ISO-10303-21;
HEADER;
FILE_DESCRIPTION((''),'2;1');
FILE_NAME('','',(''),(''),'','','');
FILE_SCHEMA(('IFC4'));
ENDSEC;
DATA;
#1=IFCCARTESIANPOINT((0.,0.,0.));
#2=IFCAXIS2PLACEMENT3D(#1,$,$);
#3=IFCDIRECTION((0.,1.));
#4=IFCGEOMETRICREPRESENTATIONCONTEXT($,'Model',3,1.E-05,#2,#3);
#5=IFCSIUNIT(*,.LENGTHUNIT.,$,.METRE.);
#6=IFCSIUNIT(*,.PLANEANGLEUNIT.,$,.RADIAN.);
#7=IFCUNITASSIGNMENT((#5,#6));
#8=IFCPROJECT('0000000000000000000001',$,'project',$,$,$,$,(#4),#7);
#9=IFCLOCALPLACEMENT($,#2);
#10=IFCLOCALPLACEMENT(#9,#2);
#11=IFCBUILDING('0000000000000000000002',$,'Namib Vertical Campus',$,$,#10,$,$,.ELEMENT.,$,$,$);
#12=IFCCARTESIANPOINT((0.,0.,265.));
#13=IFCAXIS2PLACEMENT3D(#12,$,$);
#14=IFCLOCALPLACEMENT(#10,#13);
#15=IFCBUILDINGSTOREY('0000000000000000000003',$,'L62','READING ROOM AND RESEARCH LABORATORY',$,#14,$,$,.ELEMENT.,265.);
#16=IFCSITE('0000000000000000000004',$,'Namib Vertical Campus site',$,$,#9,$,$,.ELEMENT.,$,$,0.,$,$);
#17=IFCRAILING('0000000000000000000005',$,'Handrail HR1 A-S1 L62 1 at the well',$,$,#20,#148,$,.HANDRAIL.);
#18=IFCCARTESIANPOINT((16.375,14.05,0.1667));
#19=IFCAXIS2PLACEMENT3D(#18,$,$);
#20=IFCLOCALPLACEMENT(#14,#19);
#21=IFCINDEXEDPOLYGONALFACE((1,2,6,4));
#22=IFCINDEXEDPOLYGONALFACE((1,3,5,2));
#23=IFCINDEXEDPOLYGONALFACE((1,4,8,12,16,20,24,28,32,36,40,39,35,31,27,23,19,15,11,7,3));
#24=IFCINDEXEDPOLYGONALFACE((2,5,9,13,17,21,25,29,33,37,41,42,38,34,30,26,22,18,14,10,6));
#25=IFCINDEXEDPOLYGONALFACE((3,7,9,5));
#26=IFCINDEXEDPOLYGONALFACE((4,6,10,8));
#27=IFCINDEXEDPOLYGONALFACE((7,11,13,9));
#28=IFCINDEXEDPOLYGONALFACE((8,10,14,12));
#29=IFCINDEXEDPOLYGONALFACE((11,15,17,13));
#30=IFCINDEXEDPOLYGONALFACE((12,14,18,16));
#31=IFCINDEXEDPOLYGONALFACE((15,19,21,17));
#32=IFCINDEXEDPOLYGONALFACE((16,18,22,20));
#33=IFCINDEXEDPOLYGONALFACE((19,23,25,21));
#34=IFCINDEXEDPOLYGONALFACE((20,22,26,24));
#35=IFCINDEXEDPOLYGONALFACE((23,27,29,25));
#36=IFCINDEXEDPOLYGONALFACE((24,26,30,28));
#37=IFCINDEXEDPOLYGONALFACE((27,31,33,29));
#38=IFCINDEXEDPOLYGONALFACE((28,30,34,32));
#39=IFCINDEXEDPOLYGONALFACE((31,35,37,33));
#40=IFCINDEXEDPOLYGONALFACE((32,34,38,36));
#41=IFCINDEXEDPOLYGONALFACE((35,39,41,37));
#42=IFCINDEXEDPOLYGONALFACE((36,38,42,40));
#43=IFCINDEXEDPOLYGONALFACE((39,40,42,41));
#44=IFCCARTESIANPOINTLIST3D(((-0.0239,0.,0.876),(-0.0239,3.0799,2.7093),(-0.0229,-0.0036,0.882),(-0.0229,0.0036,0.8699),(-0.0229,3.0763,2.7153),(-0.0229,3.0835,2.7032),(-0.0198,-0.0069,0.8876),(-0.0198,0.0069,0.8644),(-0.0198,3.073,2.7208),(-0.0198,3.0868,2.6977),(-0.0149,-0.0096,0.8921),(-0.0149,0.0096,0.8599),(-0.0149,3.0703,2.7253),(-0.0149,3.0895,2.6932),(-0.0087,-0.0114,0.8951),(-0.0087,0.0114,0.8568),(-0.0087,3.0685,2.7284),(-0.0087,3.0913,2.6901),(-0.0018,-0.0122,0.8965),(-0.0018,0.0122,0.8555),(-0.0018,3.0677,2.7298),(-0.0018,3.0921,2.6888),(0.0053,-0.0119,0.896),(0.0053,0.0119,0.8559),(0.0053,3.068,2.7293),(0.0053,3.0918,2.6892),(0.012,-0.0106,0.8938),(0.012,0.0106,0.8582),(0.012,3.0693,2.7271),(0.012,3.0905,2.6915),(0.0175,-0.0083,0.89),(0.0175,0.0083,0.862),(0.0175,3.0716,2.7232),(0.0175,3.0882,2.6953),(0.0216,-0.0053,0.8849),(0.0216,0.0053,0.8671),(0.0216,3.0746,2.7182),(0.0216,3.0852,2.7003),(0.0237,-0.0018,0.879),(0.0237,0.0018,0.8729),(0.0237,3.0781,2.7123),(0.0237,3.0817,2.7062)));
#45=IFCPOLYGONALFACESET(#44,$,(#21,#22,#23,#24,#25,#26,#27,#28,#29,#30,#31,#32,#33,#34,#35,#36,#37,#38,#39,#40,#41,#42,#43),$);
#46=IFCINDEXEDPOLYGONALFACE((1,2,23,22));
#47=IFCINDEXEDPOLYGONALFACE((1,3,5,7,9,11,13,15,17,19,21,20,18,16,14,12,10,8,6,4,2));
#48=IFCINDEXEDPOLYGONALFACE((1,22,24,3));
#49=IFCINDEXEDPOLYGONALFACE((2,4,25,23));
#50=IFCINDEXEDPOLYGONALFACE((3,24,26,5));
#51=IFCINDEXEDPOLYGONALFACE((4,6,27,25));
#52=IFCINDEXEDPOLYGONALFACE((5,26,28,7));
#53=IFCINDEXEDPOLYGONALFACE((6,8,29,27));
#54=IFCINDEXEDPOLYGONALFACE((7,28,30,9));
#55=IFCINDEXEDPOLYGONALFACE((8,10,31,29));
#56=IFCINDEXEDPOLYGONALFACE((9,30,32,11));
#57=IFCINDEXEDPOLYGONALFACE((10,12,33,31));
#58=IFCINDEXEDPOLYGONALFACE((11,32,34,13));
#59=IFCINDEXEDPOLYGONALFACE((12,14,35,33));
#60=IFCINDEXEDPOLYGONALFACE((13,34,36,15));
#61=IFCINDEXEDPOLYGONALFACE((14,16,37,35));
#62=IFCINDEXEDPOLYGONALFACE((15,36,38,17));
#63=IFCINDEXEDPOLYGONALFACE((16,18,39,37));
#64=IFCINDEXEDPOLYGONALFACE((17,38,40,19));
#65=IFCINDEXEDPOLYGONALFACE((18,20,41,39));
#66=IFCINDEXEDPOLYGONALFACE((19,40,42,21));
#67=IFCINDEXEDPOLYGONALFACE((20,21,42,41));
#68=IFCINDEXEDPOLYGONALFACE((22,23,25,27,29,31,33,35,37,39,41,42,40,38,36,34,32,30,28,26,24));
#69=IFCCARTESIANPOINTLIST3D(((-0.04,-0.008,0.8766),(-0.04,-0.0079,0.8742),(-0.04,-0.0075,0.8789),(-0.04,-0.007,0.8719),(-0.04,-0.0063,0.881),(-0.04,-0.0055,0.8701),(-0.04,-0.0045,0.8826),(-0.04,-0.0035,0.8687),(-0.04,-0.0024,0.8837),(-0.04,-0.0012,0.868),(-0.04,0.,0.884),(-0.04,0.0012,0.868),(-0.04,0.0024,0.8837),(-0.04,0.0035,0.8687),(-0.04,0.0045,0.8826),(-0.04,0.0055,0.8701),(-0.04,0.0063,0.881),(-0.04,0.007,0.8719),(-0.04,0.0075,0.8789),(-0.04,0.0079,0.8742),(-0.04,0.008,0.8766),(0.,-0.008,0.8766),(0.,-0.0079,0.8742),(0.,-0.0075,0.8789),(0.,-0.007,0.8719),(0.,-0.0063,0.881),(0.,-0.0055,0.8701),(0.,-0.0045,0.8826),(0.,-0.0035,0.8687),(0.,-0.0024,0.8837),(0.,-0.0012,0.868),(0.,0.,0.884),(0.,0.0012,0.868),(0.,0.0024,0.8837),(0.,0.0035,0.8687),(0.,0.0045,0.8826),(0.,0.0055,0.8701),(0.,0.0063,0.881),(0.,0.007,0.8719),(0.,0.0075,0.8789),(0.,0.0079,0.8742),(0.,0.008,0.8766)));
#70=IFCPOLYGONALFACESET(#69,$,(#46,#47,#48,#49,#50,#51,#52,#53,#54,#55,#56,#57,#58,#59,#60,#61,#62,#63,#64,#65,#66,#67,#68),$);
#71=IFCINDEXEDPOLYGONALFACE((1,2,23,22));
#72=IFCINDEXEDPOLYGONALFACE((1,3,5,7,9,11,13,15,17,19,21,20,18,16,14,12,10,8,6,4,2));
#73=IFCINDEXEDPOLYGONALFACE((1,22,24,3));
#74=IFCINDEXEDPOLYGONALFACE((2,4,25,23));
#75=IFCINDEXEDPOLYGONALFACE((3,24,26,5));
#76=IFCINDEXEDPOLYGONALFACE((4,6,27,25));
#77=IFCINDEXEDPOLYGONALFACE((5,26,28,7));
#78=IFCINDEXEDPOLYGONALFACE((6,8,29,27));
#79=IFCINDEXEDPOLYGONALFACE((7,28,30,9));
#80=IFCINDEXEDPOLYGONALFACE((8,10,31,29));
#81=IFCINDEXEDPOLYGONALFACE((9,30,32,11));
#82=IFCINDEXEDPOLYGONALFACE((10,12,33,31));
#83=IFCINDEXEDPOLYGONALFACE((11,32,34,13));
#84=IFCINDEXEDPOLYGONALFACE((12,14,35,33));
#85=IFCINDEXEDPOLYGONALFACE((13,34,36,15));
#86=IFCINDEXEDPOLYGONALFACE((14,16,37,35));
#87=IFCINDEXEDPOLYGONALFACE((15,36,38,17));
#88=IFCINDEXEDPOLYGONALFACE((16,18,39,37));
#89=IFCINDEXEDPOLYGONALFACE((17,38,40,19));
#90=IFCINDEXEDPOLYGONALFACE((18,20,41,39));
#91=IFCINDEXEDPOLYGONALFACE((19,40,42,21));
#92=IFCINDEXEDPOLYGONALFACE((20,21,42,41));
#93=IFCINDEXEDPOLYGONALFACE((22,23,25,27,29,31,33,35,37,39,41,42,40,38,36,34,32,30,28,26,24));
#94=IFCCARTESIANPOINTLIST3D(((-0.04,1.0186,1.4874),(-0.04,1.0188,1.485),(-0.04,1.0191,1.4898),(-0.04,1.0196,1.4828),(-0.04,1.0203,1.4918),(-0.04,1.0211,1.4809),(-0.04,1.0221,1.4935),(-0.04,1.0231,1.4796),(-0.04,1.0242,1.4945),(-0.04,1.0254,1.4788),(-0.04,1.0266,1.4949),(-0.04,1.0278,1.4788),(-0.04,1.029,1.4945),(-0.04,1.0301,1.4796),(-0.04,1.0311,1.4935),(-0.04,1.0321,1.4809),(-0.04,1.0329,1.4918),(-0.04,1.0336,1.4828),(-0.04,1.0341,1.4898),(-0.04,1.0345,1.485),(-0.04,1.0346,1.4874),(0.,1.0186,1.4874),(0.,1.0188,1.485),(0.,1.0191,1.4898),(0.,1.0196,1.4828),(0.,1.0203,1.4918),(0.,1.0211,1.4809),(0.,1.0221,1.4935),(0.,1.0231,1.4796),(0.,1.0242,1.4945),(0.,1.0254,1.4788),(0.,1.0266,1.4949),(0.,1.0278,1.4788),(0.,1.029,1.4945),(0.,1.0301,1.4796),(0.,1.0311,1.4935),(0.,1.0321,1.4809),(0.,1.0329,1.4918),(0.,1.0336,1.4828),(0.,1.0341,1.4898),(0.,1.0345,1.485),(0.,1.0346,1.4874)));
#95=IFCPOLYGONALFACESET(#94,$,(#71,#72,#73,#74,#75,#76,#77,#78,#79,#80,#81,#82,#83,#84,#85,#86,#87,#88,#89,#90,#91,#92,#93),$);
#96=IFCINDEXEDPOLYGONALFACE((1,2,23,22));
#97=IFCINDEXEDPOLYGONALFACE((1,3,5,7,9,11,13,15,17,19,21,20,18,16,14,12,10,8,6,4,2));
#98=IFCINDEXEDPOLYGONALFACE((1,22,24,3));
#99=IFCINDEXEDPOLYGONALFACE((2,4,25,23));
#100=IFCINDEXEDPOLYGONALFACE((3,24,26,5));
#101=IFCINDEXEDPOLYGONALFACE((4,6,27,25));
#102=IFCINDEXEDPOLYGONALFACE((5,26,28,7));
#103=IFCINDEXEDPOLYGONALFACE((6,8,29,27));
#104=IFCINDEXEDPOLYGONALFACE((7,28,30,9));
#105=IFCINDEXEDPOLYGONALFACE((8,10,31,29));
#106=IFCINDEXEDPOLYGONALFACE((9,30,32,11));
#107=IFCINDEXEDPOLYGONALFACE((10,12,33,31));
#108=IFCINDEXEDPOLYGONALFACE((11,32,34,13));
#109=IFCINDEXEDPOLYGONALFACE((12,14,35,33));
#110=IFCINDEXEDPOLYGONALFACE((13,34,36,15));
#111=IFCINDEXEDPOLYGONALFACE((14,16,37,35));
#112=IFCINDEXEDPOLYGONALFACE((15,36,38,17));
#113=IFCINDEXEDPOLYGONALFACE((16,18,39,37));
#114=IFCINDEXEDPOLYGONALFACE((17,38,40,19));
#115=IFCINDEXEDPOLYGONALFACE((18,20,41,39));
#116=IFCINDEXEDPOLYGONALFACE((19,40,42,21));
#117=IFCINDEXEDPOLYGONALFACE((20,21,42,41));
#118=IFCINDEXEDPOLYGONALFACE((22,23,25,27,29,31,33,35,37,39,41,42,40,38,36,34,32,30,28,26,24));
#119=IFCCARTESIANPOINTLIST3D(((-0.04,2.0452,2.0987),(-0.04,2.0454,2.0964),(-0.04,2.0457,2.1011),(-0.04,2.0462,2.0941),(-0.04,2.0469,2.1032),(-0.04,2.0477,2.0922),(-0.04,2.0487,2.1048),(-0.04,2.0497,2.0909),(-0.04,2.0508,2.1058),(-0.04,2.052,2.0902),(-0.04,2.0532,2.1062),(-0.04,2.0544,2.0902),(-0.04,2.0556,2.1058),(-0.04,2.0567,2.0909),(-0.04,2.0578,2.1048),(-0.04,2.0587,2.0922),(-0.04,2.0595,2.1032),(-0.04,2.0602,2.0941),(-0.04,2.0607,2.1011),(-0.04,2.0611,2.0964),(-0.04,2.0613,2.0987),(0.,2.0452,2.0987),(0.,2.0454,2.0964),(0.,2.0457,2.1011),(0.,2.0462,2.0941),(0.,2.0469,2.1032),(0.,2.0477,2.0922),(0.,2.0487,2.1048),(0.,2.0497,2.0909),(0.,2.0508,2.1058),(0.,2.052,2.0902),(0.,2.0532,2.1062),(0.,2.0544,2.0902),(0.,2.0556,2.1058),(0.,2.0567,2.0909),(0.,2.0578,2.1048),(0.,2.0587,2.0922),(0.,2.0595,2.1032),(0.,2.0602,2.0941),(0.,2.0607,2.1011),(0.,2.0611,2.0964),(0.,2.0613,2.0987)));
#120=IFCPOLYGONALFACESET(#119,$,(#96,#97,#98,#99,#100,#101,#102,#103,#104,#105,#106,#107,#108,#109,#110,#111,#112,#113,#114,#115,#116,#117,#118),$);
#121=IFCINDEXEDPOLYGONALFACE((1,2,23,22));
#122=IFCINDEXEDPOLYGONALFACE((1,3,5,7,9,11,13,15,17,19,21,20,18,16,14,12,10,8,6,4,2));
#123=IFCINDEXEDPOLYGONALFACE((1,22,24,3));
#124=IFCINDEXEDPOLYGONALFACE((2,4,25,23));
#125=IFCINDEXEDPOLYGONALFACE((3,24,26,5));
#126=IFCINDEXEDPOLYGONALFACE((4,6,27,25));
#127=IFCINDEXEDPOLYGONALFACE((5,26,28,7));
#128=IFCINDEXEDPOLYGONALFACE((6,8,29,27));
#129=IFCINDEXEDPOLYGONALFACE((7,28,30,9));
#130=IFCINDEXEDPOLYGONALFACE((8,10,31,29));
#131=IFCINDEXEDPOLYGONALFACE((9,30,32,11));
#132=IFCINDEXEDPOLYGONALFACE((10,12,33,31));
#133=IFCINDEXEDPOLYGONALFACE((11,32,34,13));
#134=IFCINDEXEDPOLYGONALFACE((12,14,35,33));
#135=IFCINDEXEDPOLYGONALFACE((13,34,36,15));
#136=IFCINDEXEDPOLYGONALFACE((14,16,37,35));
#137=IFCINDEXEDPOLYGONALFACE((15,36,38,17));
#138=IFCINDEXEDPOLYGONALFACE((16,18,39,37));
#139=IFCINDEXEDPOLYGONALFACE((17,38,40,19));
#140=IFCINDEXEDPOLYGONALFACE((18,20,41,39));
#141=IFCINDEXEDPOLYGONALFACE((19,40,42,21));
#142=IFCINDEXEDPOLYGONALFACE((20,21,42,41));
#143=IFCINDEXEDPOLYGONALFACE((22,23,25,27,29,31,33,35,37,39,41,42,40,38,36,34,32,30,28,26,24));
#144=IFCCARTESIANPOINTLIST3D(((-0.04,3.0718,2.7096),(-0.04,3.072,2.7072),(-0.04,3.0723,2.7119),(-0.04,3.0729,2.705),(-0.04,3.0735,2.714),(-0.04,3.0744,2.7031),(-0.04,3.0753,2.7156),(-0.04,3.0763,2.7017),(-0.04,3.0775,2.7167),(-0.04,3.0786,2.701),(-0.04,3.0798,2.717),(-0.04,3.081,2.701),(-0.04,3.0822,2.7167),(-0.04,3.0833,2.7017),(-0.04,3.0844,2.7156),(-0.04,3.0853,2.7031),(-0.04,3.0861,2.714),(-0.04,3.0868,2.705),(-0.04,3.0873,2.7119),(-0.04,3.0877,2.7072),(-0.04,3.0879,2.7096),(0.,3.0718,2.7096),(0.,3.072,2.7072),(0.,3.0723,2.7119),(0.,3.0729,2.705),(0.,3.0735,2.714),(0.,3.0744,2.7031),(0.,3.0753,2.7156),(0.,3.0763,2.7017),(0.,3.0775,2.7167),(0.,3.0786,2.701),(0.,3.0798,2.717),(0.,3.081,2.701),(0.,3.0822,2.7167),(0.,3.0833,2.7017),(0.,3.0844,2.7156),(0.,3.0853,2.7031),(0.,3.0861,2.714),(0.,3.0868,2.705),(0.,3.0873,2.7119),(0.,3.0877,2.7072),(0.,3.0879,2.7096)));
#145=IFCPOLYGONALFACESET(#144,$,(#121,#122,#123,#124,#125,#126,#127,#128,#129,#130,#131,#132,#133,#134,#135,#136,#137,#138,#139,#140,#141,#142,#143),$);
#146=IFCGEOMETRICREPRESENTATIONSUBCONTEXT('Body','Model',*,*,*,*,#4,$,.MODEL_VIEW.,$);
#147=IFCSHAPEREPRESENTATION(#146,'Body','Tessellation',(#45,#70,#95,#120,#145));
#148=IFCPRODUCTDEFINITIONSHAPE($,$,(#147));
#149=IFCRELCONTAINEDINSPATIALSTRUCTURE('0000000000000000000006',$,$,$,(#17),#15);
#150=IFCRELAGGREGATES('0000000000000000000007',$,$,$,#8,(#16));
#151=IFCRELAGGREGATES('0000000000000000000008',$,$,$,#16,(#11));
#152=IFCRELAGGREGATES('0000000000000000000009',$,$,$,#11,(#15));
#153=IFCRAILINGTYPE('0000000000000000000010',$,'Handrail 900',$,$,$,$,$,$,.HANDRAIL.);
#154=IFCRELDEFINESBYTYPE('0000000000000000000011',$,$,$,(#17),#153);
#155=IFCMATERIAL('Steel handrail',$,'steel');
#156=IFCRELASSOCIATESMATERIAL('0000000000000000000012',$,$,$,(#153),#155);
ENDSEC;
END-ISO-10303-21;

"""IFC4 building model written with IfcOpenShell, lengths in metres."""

from ifc_helpers import new_model, si_unit, direction, frame, origin, origin_2d, place, context, subcontext, project, spatial, circle, extrude, material, type_object, element, save


model = new_model("IFC4")

# Units and contexts
model_context = context("Model", 3, precision=1e-05, world=origin(), true_north=direction((0.0, 1.0)))
body_context = subcontext(model_context, "Body", "Model", "MODEL_VIEW")
ifc_project = project(units=[si_unit("LENGTHUNIT", "METRE"), si_unit("PLANEANGLEUNIT", "RADIAN")], contexts=[model_context])

# Site, building, storey
site_placement = place(None, origin())
site = spatial("IfcSite", under=ifc_project, at=site_placement, Name="Namib Vertical Campus site", CompositionType="ELEMENT", RefElevation=0.0)
building_placement = place(site_placement, origin())
building = spatial("IfcBuilding", under=site, at=building_placement, Name="Namib Vertical Campus", CompositionType="ELEMENT")
storey_placement = place(building_placement, frame((0.0, 0.0, 265.0)))
storey = spatial("IfcBuildingStorey", under=building, at=storey_placement, Name="L62", Description="READING ROOM AND RESEARCH LABORATORY", CompositionType="ELEMENT", Elevation=265.0)

# Railing
ifc_material_1 = material(Name="Steel handrail", Category="steel")
railing_type_1 = type_object("IfcRailingType", Name="Handrail 900", PredefinedType="HANDRAIL", material=ifc_material_1)
railing_1_placement = place(storey_placement, frame((16.375, 14.05, 0.1667)))
element("IfcRailing", 1, at=railing_1_placement, inside=storey, type_object=railing_type_1, Name="Handrail HR1 A-S1 L62 1 at the well", PredefinedType="HANDRAIL", context=body_context, shape_type="SweptSolid", body=[
    extrude(circle(Radius=0.0239, at=origin_2d()), frame((0.0, 0.0, 0.876), z_axis=(0.0, 0.859291, 0.511487), x_axis=(-1.0, 0.0, 0.0)), (0.0, 0.0, 1.0), 3.5842),
    extrude(circle(Radius=0.0081, at=origin_2d()), frame((0.0, 0.0, 0.876), z_axis=(-1.0, 0.0, 0.0), x_axis=(0.0, 0.0, 1.0)), (0.0, 0.0, 1.0), 0.04),
    extrude(circle(Radius=0.0081, at=origin_2d()), frame((0.0, 1.0266, 1.4868), z_axis=(-1.0, 0.0, 0.0), x_axis=(0.0, 0.0, 1.0)), (0.0, 0.0, 1.0), 0.04),
    extrude(circle(Radius=0.0081, at=origin_2d()), frame((0.0, 2.0532, 2.0981), z_axis=(-1.0, 0.0, 0.0), x_axis=(0.0, 0.0, 1.0)), (0.0, 0.0, 1.0), 0.04),
    extrude(circle(Radius=0.0081, at=origin_2d()), frame((0.0, 3.0798, 2.709), z_axis=(-1.0, 0.0, 0.0), x_axis=(0.0, 0.0, 1.0)), (0.0, 0.0, 1.0), 0.04),
])

save(model, "model.ifc")
